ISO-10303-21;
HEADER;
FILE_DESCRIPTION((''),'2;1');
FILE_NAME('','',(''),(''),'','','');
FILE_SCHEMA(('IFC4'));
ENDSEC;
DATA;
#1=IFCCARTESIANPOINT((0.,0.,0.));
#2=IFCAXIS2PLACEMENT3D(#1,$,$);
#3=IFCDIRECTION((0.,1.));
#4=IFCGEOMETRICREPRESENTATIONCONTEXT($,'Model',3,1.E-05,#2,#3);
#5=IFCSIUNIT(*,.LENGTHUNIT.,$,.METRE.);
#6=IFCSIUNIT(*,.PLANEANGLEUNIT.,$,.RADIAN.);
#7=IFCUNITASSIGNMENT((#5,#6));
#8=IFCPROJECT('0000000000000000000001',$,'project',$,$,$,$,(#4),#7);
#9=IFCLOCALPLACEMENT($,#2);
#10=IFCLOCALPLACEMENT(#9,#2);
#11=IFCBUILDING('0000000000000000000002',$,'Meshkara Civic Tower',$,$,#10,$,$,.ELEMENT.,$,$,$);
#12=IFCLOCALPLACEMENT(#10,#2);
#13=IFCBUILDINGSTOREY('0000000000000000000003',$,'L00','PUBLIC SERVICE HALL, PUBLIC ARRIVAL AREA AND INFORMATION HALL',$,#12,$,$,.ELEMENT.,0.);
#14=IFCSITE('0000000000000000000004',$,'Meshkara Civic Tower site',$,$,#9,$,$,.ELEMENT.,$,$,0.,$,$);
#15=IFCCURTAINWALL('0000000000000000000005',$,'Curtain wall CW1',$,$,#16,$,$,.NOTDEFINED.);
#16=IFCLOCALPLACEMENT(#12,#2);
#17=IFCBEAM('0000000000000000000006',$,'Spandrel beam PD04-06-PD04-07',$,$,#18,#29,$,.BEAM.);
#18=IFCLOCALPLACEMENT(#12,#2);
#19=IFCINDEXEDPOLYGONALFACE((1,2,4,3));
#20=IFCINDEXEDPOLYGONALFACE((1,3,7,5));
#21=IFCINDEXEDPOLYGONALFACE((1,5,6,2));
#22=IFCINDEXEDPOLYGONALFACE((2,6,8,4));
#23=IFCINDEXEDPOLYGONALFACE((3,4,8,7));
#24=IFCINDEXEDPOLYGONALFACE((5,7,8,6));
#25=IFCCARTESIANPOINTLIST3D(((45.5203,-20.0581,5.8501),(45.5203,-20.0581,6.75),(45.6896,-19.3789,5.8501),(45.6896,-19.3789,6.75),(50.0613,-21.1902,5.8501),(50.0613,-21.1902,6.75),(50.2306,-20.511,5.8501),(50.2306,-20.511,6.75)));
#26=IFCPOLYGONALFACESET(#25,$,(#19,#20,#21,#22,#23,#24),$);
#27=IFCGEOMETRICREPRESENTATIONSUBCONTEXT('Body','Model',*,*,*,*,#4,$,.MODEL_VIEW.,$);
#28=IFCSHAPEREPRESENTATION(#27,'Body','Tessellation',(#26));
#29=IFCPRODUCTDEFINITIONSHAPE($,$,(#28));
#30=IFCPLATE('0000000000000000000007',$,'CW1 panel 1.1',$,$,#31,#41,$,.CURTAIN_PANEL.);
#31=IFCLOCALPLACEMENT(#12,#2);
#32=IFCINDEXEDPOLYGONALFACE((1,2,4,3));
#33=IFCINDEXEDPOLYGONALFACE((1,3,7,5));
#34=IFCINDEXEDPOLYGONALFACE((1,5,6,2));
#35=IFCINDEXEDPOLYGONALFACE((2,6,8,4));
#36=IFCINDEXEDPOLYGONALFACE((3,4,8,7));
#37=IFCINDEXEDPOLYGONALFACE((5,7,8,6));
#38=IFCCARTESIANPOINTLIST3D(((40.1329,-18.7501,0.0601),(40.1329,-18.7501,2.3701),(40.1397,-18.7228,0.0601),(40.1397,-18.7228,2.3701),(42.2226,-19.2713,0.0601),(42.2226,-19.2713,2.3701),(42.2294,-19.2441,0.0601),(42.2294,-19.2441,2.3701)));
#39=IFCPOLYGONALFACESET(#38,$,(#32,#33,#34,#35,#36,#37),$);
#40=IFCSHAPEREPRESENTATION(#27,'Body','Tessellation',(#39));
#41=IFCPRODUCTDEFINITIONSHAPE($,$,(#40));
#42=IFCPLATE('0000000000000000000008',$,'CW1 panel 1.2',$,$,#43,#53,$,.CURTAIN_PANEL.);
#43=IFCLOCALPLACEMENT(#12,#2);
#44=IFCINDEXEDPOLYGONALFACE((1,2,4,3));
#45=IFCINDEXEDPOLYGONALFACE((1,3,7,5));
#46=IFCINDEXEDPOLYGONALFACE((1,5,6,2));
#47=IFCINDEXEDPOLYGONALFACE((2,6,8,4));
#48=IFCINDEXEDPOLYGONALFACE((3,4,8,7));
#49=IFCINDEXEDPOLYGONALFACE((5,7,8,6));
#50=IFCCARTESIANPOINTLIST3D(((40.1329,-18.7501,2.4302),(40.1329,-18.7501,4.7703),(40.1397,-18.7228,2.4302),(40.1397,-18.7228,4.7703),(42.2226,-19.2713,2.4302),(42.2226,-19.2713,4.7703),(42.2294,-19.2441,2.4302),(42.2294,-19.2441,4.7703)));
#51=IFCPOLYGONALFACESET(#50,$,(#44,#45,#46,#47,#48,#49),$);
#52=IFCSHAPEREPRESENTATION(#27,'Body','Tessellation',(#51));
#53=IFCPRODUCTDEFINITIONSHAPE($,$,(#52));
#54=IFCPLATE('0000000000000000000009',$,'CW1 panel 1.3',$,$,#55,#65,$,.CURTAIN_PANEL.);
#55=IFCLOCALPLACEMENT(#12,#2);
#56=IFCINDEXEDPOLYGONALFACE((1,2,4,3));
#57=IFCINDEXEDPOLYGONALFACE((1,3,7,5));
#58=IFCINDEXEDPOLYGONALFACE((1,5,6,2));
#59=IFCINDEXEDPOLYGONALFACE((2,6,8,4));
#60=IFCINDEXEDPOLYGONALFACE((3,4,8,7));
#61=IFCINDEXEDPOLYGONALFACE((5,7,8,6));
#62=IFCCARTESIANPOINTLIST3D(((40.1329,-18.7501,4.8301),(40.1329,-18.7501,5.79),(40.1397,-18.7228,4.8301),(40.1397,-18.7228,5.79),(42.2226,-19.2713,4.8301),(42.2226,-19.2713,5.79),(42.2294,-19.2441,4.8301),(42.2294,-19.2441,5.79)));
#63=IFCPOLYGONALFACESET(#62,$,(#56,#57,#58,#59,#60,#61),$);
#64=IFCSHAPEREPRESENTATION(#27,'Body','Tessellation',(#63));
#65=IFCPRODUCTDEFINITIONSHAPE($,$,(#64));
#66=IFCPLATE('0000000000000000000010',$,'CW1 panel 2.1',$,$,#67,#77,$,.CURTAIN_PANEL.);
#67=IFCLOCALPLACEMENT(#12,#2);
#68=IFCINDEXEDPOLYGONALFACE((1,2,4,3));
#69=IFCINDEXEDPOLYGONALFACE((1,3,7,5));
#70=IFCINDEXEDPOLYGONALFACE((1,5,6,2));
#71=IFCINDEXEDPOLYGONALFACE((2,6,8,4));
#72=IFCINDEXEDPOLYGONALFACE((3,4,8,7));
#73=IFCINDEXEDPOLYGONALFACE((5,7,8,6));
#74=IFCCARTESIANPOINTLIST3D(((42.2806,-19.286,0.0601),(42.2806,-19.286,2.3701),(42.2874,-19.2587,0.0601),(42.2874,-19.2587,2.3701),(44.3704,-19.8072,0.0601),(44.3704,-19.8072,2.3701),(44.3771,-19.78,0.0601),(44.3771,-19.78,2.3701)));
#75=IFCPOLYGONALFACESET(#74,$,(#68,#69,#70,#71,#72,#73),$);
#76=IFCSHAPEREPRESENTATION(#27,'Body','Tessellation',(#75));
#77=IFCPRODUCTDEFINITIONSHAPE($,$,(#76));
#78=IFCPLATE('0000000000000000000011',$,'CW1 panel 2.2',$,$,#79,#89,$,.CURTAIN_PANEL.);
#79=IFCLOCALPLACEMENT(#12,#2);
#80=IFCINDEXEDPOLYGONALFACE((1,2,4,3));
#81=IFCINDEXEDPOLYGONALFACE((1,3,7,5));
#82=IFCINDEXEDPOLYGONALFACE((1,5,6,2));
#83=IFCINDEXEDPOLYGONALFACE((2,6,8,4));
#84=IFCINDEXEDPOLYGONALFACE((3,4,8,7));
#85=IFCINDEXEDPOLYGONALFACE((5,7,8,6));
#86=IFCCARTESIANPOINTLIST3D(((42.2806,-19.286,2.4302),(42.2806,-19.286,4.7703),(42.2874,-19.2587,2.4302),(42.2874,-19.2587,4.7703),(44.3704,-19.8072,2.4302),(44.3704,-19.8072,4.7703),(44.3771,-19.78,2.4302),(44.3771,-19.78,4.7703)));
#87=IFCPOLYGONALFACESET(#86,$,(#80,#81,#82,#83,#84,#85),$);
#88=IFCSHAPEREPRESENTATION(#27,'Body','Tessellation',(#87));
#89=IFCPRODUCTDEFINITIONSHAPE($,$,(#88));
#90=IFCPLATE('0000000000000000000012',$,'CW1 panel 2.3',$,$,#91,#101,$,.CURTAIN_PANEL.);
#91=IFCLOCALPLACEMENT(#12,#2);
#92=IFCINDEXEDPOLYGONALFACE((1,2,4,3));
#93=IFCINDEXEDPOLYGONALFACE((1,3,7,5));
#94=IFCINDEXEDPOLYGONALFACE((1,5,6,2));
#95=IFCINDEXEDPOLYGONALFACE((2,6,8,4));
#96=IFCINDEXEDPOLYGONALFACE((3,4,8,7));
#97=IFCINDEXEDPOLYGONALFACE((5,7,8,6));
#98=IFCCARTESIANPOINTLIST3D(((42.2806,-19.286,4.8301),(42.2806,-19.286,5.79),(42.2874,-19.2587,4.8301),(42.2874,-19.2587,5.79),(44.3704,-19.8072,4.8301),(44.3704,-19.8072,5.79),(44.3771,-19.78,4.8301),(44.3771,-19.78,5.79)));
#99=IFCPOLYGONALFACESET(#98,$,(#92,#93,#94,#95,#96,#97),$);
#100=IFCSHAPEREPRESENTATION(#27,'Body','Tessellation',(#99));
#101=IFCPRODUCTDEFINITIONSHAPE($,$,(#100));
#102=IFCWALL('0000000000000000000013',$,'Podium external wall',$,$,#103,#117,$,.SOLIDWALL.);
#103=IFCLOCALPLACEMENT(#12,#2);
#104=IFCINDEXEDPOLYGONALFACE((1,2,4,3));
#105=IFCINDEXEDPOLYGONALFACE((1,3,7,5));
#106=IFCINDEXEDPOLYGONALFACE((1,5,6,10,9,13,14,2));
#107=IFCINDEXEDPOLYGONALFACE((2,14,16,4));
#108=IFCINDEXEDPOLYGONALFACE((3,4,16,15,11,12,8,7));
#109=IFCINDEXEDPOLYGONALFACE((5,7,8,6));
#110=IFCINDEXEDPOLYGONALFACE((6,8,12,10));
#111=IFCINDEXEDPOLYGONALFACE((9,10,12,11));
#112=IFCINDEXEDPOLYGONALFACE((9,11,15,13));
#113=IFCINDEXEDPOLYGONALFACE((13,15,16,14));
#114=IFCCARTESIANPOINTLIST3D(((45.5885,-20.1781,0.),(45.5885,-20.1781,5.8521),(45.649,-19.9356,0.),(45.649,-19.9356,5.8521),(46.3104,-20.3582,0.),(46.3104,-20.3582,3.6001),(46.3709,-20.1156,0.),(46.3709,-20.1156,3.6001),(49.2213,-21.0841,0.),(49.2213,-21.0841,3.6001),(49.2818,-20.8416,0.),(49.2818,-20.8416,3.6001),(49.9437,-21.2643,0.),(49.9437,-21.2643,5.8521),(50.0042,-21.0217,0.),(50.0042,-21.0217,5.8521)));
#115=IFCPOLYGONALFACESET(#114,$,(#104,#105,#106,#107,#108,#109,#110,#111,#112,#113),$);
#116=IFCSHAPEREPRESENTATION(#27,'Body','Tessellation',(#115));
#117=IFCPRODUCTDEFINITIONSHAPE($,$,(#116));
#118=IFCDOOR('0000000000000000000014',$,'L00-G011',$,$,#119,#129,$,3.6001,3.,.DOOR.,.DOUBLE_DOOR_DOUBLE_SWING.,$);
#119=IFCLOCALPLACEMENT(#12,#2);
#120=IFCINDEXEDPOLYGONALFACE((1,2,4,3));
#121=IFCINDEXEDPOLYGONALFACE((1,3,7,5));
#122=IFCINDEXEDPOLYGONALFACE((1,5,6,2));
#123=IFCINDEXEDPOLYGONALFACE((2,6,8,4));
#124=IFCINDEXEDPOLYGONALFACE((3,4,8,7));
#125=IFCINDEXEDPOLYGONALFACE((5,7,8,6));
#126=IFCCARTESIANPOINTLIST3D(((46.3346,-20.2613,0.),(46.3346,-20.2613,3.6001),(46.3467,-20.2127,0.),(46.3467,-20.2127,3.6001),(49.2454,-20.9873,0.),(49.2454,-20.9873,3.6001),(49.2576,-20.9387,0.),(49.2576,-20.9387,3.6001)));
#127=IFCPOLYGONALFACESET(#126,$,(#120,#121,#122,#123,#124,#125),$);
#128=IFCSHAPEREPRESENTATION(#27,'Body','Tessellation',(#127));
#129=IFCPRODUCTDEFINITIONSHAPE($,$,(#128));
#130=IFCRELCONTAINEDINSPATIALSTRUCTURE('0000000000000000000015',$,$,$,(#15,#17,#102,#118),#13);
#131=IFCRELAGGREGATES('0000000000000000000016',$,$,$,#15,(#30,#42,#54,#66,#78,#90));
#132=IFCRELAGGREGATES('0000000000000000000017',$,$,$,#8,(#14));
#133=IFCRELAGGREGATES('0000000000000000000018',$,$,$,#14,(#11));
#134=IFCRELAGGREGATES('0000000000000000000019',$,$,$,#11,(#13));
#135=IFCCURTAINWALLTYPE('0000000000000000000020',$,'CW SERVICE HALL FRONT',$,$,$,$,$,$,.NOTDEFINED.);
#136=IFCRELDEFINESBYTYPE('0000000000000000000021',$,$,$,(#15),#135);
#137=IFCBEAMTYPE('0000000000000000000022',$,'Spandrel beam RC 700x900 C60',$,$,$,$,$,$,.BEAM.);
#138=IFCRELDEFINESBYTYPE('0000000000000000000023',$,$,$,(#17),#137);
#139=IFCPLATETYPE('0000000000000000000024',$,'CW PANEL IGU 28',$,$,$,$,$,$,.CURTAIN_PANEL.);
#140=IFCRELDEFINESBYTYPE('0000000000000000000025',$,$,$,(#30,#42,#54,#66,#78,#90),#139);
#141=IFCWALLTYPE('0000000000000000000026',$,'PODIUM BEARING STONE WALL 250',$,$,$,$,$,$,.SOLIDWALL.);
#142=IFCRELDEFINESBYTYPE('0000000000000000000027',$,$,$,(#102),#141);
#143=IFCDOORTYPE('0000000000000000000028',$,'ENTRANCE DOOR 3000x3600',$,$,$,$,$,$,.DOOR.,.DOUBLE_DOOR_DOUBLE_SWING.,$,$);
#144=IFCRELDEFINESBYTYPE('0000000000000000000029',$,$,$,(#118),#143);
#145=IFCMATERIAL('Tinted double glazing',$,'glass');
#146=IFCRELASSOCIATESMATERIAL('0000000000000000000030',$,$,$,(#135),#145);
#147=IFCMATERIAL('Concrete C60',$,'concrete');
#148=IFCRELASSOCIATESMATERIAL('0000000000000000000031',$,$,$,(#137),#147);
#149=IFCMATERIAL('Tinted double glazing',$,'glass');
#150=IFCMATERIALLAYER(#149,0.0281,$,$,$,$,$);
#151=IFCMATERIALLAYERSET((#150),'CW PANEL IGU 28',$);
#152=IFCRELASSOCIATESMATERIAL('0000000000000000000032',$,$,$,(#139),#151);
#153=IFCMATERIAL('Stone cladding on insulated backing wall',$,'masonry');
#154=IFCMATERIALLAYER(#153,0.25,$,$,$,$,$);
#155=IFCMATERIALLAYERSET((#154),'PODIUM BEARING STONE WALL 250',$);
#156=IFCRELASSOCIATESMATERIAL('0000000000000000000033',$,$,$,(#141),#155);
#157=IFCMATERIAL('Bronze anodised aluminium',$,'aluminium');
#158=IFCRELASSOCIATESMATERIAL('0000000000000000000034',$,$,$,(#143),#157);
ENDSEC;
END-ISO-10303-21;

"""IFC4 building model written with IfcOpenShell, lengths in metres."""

from ifc_helpers import new_model, si_unit, direction, frame, frame_2d, origin, origin_2d, place, context, subcontext, project, spatial, rectangle, extrude, material, layer, layer_set, material_profile, profile_set, type_object, element, fill, aggregate, save


model = new_model("IFC4")

# Units and contexts
model_context = context("Model", 3, precision=1e-05, world=origin(), true_north=direction((0.0, 1.0)))
body_context = subcontext(model_context, "Body", "Model", "MODEL_VIEW")
ifc_project = project(units=[si_unit("LENGTHUNIT", "METRE"), si_unit("PLANEANGLEUNIT", "RADIAN")], contexts=[model_context])

# Site, building, storey
site_placement = place(None, origin())
site = spatial("IfcSite", under=ifc_project, at=site_placement, Name="Meshkara Civic Tower site", CompositionType="ELEMENT", RefElevation=0.0)
building_placement = place(site_placement, origin())
building = spatial("IfcBuilding", under=site, at=building_placement, Name="Meshkara Civic Tower", CompositionType="ELEMENT")
storey_placement = place(building_placement, origin())
storey = spatial("IfcBuildingStorey", under=building, at=storey_placement, Name="L00", Description="PUBLIC SERVICE HALL, PUBLIC ARRIVAL AREA AND INFORMATION HALL", CompositionType="ELEMENT", Elevation=0.0)

# Curtain wall
ifc_material_1 = material(Name="Tinted double glazing", Category="glass")
curtain_wall_type = type_object("IfcCurtainWallType", Name="CW SERVICE HALL FRONT", PredefinedType="NOTDEFINED", material=ifc_material_1)
curtain_wall_placement = place(storey_placement, origin())
curtain_wall = element("IfcCurtainWall", 1, at=curtain_wall_placement, inside=storey, type_object=curtain_wall_type, Name="Curtain wall CW1", PredefinedType="NOTDEFINED")

# Beam
ifc_material_2 = material(Name="Concrete C60", Category="concrete")
ifc_material_profile_1 = material_profile(ifc_material_2, rectangle(XDim=0.7, YDim=0.8999, at=origin_2d()))
ifc_profile_set_1 = profile_set([ifc_material_profile_1], Name="Concrete C60")
beam_type = type_object("IfcBeamType", Name="Spandrel beam RC 700x900 C60", PredefinedType="BEAM", material=ifc_profile_set_1)
beam_placement = place(storey_placement, frame((45.605, -19.7185, 6.3), z_axis=(0.970302, -0.241897, 0.0), x_axis=(0.241897, 0.970302, 0.0)))
element("IfcBeam", 2, at=beam_placement, inside=storey, type_object=beam_type, Name="Spandrel beam PD04-06-PD04-07", PredefinedType="BEAM", context=body_context, shape_type="SweptSolid", body=[
    extrude(rectangle(XDim=0.7, YDim=0.8999, at=origin_2d()), origin(), (0.0, 0.0, 1.0), 4.6799),
])

# Plates
ifc_material_3 = material(Name="Tinted double glazing", Category="glass")
ifc_layer_1 = layer(ifc_material_3, 0.0281)
ifc_layer_set_1 = layer_set([ifc_layer_1], Name="CW PANEL IGU 28")
plate_type = type_object("IfcPlateType", Name="CW PANEL IGU 28", PredefinedType="CURTAIN_PANEL", material=ifc_layer_set_1)
plate_1_placement = place(storey_placement, frame((41.1812, -18.9971, 0.0601), z_axis=(0.0, 0.0, 1.0), x_axis=(0.970273, -0.242011, 0.0)))
plate_1 = element("IfcPlate", 3, at=plate_1_placement, type_object=plate_type, Name="CW1 panel 1.1", PredefinedType="CURTAIN_PANEL", context=body_context, shape_type="SweptSolid", body=[
    extrude(rectangle(XDim=2.1538, YDim=0.0281, at=origin_2d()), origin(), (0.0, 0.0, 1.0), 2.3101),
])
plate_2_placement = place(storey_placement, frame((41.1812, -18.9971, 2.4302), z_axis=(0.0, 0.0, 1.0), x_axis=(0.970273, -0.242011, 0.0)))
plate_2 = element("IfcPlate", 4, at=plate_2_placement, type_object=plate_type, Name="CW1 panel 1.2", PredefinedType="CURTAIN_PANEL", context=body_context, shape_type="SweptSolid", body=[
    extrude(rectangle(XDim=2.1538, YDim=0.0281, at=origin_2d()), origin(), (0.0, 0.0, 1.0), 2.3401),
])
plate_3_placement = place(storey_placement, frame((41.1812, -18.9971, 4.8301), z_axis=(0.0, 0.0, 1.0), x_axis=(0.970273, -0.242011, 0.0)))
plate_3 = element("IfcPlate", 5, at=plate_3_placement, type_object=plate_type, Name="CW1 panel 1.3", PredefinedType="CURTAIN_PANEL", context=body_context, shape_type="SweptSolid", body=[
    extrude(rectangle(XDim=2.1538, YDim=0.0281, at=origin_2d()), origin(), (0.0, 0.0, 1.0), 0.96),
])
plate_4_placement = place(storey_placement, frame((43.3289, -19.533, 0.0601), z_axis=(0.0, 0.0, 1.0), x_axis=(0.970273, -0.242011, 0.0)))
plate_4 = element("IfcPlate", 6, at=plate_4_placement, type_object=plate_type, Name="CW1 panel 2.1", PredefinedType="CURTAIN_PANEL", context=body_context, shape_type="SweptSolid", body=[
    extrude(rectangle(XDim=2.1538, YDim=0.0281, at=origin_2d()), origin(), (0.0, 0.0, 1.0), 2.3101),
])
plate_5_placement = place(storey_placement, frame((43.3289, -19.533, 2.4302), z_axis=(0.0, 0.0, 1.0), x_axis=(0.970273, -0.242011, 0.0)))
plate_5 = element("IfcPlate", 7, at=plate_5_placement, type_object=plate_type, Name="CW1 panel 2.2", PredefinedType="CURTAIN_PANEL", context=body_context, shape_type="SweptSolid", body=[
    extrude(rectangle(XDim=2.1538, YDim=0.0281, at=origin_2d()), origin(), (0.0, 0.0, 1.0), 2.3401),
])
plate_6_placement = place(storey_placement, frame((43.3289, -19.533, 4.8301), z_axis=(0.0, 0.0, 1.0), x_axis=(0.970273, -0.242011, 0.0)))
plate_6 = element("IfcPlate", 8, at=plate_6_placement, type_object=plate_type, Name="CW1 panel 2.3", PredefinedType="CURTAIN_PANEL", context=body_context, shape_type="SweptSolid", body=[
    extrude(rectangle(XDim=2.1538, YDim=0.0281, at=origin_2d()), origin(), (0.0, 0.0, 1.0), 0.96),
])
aggregate(curtain_wall, [plate_1, plate_2, plate_3, plate_4, plate_5, plate_6])

# Wall, opening, door
ifc_material_4 = material(Name="Stone cladding on insulated backing wall", Category="masonry")
ifc_layer_2 = layer(ifc_material_4, 0.25)
ifc_layer_set_2 = layer_set([ifc_layer_2], Name="PODIUM BEARING STONE WALL 250")
wall_type = type_object("IfcWallType", Name="PODIUM BEARING STONE WALL 250", PredefinedType="SOLIDWALL", material=ifc_layer_set_2)
wall_placement = place(storey_placement, frame((45.6189, -20.0569, 0.0), z_axis=(0.0, 0.0, 1.0), x_axis=(0.97028, -0.241985, 0.0)))
wall = element("IfcWall", 9, at=wall_placement, inside=storey, type_object=wall_type, Name="Podium external wall", PredefinedType="SOLIDWALL", context=body_context, shape_type="SweptSolid", body=[
    extrude(rectangle(XDim=4.4885, YDim=0.25, at=frame_2d((2.2441, 0.0))), origin(), (0.0, 0.0, 1.0), 5.8521),
])
opening_placement = place(wall_placement, frame((0.7439, 0.0, 0.0)))
opening = element("IfcOpeningElement", 10, at=opening_placement, cuts=wall, PredefinedType="OPENING", context=body_context, shape_type="SweptSolid", body=[
    extrude(rectangle(XDim=3.0, YDim=3.6001, at=frame_2d((1.5, 1.8))), frame((0.0, 0.135, 0.0), z_axis=(0.0, -1.0, 0.0), x_axis=(1.0, 0.0, 0.0)), (0.0, 0.0, 1.0), 0.27),
])
ifc_material_5 = material(Name="Bronze anodised aluminium", Category="aluminium")
door_type = type_object("IfcDoorType", Name="ENTRANCE DOOR 3000x3600", OperationType="DOUBLE_DOOR_DOUBLE_SWING", PredefinedType="DOOR", material=ifc_material_5)
door_placement = place(opening_placement, origin())
door = element("IfcDoor", 11, at=door_placement, inside=storey, type_object=door_type, Name="L00-G011", OperationType="DOUBLE_DOOR_DOUBLE_SWING", OverallHeight=3.6001, OverallWidth=3.0, PredefinedType="DOOR", context=body_context, shape_type="SweptSolid", body=[
    extrude(rectangle(XDim=3.0, YDim=3.6001, at=frame_2d((1.5, 1.8))), frame((0.0, 0.0249, 0.0), z_axis=(0.0, -1.0, 0.0), x_axis=(1.0, 0.0, 0.0)), (0.0, 0.0, 1.0), 0.05),
])
fill(opening, door)

save(model, "model.ifc")
